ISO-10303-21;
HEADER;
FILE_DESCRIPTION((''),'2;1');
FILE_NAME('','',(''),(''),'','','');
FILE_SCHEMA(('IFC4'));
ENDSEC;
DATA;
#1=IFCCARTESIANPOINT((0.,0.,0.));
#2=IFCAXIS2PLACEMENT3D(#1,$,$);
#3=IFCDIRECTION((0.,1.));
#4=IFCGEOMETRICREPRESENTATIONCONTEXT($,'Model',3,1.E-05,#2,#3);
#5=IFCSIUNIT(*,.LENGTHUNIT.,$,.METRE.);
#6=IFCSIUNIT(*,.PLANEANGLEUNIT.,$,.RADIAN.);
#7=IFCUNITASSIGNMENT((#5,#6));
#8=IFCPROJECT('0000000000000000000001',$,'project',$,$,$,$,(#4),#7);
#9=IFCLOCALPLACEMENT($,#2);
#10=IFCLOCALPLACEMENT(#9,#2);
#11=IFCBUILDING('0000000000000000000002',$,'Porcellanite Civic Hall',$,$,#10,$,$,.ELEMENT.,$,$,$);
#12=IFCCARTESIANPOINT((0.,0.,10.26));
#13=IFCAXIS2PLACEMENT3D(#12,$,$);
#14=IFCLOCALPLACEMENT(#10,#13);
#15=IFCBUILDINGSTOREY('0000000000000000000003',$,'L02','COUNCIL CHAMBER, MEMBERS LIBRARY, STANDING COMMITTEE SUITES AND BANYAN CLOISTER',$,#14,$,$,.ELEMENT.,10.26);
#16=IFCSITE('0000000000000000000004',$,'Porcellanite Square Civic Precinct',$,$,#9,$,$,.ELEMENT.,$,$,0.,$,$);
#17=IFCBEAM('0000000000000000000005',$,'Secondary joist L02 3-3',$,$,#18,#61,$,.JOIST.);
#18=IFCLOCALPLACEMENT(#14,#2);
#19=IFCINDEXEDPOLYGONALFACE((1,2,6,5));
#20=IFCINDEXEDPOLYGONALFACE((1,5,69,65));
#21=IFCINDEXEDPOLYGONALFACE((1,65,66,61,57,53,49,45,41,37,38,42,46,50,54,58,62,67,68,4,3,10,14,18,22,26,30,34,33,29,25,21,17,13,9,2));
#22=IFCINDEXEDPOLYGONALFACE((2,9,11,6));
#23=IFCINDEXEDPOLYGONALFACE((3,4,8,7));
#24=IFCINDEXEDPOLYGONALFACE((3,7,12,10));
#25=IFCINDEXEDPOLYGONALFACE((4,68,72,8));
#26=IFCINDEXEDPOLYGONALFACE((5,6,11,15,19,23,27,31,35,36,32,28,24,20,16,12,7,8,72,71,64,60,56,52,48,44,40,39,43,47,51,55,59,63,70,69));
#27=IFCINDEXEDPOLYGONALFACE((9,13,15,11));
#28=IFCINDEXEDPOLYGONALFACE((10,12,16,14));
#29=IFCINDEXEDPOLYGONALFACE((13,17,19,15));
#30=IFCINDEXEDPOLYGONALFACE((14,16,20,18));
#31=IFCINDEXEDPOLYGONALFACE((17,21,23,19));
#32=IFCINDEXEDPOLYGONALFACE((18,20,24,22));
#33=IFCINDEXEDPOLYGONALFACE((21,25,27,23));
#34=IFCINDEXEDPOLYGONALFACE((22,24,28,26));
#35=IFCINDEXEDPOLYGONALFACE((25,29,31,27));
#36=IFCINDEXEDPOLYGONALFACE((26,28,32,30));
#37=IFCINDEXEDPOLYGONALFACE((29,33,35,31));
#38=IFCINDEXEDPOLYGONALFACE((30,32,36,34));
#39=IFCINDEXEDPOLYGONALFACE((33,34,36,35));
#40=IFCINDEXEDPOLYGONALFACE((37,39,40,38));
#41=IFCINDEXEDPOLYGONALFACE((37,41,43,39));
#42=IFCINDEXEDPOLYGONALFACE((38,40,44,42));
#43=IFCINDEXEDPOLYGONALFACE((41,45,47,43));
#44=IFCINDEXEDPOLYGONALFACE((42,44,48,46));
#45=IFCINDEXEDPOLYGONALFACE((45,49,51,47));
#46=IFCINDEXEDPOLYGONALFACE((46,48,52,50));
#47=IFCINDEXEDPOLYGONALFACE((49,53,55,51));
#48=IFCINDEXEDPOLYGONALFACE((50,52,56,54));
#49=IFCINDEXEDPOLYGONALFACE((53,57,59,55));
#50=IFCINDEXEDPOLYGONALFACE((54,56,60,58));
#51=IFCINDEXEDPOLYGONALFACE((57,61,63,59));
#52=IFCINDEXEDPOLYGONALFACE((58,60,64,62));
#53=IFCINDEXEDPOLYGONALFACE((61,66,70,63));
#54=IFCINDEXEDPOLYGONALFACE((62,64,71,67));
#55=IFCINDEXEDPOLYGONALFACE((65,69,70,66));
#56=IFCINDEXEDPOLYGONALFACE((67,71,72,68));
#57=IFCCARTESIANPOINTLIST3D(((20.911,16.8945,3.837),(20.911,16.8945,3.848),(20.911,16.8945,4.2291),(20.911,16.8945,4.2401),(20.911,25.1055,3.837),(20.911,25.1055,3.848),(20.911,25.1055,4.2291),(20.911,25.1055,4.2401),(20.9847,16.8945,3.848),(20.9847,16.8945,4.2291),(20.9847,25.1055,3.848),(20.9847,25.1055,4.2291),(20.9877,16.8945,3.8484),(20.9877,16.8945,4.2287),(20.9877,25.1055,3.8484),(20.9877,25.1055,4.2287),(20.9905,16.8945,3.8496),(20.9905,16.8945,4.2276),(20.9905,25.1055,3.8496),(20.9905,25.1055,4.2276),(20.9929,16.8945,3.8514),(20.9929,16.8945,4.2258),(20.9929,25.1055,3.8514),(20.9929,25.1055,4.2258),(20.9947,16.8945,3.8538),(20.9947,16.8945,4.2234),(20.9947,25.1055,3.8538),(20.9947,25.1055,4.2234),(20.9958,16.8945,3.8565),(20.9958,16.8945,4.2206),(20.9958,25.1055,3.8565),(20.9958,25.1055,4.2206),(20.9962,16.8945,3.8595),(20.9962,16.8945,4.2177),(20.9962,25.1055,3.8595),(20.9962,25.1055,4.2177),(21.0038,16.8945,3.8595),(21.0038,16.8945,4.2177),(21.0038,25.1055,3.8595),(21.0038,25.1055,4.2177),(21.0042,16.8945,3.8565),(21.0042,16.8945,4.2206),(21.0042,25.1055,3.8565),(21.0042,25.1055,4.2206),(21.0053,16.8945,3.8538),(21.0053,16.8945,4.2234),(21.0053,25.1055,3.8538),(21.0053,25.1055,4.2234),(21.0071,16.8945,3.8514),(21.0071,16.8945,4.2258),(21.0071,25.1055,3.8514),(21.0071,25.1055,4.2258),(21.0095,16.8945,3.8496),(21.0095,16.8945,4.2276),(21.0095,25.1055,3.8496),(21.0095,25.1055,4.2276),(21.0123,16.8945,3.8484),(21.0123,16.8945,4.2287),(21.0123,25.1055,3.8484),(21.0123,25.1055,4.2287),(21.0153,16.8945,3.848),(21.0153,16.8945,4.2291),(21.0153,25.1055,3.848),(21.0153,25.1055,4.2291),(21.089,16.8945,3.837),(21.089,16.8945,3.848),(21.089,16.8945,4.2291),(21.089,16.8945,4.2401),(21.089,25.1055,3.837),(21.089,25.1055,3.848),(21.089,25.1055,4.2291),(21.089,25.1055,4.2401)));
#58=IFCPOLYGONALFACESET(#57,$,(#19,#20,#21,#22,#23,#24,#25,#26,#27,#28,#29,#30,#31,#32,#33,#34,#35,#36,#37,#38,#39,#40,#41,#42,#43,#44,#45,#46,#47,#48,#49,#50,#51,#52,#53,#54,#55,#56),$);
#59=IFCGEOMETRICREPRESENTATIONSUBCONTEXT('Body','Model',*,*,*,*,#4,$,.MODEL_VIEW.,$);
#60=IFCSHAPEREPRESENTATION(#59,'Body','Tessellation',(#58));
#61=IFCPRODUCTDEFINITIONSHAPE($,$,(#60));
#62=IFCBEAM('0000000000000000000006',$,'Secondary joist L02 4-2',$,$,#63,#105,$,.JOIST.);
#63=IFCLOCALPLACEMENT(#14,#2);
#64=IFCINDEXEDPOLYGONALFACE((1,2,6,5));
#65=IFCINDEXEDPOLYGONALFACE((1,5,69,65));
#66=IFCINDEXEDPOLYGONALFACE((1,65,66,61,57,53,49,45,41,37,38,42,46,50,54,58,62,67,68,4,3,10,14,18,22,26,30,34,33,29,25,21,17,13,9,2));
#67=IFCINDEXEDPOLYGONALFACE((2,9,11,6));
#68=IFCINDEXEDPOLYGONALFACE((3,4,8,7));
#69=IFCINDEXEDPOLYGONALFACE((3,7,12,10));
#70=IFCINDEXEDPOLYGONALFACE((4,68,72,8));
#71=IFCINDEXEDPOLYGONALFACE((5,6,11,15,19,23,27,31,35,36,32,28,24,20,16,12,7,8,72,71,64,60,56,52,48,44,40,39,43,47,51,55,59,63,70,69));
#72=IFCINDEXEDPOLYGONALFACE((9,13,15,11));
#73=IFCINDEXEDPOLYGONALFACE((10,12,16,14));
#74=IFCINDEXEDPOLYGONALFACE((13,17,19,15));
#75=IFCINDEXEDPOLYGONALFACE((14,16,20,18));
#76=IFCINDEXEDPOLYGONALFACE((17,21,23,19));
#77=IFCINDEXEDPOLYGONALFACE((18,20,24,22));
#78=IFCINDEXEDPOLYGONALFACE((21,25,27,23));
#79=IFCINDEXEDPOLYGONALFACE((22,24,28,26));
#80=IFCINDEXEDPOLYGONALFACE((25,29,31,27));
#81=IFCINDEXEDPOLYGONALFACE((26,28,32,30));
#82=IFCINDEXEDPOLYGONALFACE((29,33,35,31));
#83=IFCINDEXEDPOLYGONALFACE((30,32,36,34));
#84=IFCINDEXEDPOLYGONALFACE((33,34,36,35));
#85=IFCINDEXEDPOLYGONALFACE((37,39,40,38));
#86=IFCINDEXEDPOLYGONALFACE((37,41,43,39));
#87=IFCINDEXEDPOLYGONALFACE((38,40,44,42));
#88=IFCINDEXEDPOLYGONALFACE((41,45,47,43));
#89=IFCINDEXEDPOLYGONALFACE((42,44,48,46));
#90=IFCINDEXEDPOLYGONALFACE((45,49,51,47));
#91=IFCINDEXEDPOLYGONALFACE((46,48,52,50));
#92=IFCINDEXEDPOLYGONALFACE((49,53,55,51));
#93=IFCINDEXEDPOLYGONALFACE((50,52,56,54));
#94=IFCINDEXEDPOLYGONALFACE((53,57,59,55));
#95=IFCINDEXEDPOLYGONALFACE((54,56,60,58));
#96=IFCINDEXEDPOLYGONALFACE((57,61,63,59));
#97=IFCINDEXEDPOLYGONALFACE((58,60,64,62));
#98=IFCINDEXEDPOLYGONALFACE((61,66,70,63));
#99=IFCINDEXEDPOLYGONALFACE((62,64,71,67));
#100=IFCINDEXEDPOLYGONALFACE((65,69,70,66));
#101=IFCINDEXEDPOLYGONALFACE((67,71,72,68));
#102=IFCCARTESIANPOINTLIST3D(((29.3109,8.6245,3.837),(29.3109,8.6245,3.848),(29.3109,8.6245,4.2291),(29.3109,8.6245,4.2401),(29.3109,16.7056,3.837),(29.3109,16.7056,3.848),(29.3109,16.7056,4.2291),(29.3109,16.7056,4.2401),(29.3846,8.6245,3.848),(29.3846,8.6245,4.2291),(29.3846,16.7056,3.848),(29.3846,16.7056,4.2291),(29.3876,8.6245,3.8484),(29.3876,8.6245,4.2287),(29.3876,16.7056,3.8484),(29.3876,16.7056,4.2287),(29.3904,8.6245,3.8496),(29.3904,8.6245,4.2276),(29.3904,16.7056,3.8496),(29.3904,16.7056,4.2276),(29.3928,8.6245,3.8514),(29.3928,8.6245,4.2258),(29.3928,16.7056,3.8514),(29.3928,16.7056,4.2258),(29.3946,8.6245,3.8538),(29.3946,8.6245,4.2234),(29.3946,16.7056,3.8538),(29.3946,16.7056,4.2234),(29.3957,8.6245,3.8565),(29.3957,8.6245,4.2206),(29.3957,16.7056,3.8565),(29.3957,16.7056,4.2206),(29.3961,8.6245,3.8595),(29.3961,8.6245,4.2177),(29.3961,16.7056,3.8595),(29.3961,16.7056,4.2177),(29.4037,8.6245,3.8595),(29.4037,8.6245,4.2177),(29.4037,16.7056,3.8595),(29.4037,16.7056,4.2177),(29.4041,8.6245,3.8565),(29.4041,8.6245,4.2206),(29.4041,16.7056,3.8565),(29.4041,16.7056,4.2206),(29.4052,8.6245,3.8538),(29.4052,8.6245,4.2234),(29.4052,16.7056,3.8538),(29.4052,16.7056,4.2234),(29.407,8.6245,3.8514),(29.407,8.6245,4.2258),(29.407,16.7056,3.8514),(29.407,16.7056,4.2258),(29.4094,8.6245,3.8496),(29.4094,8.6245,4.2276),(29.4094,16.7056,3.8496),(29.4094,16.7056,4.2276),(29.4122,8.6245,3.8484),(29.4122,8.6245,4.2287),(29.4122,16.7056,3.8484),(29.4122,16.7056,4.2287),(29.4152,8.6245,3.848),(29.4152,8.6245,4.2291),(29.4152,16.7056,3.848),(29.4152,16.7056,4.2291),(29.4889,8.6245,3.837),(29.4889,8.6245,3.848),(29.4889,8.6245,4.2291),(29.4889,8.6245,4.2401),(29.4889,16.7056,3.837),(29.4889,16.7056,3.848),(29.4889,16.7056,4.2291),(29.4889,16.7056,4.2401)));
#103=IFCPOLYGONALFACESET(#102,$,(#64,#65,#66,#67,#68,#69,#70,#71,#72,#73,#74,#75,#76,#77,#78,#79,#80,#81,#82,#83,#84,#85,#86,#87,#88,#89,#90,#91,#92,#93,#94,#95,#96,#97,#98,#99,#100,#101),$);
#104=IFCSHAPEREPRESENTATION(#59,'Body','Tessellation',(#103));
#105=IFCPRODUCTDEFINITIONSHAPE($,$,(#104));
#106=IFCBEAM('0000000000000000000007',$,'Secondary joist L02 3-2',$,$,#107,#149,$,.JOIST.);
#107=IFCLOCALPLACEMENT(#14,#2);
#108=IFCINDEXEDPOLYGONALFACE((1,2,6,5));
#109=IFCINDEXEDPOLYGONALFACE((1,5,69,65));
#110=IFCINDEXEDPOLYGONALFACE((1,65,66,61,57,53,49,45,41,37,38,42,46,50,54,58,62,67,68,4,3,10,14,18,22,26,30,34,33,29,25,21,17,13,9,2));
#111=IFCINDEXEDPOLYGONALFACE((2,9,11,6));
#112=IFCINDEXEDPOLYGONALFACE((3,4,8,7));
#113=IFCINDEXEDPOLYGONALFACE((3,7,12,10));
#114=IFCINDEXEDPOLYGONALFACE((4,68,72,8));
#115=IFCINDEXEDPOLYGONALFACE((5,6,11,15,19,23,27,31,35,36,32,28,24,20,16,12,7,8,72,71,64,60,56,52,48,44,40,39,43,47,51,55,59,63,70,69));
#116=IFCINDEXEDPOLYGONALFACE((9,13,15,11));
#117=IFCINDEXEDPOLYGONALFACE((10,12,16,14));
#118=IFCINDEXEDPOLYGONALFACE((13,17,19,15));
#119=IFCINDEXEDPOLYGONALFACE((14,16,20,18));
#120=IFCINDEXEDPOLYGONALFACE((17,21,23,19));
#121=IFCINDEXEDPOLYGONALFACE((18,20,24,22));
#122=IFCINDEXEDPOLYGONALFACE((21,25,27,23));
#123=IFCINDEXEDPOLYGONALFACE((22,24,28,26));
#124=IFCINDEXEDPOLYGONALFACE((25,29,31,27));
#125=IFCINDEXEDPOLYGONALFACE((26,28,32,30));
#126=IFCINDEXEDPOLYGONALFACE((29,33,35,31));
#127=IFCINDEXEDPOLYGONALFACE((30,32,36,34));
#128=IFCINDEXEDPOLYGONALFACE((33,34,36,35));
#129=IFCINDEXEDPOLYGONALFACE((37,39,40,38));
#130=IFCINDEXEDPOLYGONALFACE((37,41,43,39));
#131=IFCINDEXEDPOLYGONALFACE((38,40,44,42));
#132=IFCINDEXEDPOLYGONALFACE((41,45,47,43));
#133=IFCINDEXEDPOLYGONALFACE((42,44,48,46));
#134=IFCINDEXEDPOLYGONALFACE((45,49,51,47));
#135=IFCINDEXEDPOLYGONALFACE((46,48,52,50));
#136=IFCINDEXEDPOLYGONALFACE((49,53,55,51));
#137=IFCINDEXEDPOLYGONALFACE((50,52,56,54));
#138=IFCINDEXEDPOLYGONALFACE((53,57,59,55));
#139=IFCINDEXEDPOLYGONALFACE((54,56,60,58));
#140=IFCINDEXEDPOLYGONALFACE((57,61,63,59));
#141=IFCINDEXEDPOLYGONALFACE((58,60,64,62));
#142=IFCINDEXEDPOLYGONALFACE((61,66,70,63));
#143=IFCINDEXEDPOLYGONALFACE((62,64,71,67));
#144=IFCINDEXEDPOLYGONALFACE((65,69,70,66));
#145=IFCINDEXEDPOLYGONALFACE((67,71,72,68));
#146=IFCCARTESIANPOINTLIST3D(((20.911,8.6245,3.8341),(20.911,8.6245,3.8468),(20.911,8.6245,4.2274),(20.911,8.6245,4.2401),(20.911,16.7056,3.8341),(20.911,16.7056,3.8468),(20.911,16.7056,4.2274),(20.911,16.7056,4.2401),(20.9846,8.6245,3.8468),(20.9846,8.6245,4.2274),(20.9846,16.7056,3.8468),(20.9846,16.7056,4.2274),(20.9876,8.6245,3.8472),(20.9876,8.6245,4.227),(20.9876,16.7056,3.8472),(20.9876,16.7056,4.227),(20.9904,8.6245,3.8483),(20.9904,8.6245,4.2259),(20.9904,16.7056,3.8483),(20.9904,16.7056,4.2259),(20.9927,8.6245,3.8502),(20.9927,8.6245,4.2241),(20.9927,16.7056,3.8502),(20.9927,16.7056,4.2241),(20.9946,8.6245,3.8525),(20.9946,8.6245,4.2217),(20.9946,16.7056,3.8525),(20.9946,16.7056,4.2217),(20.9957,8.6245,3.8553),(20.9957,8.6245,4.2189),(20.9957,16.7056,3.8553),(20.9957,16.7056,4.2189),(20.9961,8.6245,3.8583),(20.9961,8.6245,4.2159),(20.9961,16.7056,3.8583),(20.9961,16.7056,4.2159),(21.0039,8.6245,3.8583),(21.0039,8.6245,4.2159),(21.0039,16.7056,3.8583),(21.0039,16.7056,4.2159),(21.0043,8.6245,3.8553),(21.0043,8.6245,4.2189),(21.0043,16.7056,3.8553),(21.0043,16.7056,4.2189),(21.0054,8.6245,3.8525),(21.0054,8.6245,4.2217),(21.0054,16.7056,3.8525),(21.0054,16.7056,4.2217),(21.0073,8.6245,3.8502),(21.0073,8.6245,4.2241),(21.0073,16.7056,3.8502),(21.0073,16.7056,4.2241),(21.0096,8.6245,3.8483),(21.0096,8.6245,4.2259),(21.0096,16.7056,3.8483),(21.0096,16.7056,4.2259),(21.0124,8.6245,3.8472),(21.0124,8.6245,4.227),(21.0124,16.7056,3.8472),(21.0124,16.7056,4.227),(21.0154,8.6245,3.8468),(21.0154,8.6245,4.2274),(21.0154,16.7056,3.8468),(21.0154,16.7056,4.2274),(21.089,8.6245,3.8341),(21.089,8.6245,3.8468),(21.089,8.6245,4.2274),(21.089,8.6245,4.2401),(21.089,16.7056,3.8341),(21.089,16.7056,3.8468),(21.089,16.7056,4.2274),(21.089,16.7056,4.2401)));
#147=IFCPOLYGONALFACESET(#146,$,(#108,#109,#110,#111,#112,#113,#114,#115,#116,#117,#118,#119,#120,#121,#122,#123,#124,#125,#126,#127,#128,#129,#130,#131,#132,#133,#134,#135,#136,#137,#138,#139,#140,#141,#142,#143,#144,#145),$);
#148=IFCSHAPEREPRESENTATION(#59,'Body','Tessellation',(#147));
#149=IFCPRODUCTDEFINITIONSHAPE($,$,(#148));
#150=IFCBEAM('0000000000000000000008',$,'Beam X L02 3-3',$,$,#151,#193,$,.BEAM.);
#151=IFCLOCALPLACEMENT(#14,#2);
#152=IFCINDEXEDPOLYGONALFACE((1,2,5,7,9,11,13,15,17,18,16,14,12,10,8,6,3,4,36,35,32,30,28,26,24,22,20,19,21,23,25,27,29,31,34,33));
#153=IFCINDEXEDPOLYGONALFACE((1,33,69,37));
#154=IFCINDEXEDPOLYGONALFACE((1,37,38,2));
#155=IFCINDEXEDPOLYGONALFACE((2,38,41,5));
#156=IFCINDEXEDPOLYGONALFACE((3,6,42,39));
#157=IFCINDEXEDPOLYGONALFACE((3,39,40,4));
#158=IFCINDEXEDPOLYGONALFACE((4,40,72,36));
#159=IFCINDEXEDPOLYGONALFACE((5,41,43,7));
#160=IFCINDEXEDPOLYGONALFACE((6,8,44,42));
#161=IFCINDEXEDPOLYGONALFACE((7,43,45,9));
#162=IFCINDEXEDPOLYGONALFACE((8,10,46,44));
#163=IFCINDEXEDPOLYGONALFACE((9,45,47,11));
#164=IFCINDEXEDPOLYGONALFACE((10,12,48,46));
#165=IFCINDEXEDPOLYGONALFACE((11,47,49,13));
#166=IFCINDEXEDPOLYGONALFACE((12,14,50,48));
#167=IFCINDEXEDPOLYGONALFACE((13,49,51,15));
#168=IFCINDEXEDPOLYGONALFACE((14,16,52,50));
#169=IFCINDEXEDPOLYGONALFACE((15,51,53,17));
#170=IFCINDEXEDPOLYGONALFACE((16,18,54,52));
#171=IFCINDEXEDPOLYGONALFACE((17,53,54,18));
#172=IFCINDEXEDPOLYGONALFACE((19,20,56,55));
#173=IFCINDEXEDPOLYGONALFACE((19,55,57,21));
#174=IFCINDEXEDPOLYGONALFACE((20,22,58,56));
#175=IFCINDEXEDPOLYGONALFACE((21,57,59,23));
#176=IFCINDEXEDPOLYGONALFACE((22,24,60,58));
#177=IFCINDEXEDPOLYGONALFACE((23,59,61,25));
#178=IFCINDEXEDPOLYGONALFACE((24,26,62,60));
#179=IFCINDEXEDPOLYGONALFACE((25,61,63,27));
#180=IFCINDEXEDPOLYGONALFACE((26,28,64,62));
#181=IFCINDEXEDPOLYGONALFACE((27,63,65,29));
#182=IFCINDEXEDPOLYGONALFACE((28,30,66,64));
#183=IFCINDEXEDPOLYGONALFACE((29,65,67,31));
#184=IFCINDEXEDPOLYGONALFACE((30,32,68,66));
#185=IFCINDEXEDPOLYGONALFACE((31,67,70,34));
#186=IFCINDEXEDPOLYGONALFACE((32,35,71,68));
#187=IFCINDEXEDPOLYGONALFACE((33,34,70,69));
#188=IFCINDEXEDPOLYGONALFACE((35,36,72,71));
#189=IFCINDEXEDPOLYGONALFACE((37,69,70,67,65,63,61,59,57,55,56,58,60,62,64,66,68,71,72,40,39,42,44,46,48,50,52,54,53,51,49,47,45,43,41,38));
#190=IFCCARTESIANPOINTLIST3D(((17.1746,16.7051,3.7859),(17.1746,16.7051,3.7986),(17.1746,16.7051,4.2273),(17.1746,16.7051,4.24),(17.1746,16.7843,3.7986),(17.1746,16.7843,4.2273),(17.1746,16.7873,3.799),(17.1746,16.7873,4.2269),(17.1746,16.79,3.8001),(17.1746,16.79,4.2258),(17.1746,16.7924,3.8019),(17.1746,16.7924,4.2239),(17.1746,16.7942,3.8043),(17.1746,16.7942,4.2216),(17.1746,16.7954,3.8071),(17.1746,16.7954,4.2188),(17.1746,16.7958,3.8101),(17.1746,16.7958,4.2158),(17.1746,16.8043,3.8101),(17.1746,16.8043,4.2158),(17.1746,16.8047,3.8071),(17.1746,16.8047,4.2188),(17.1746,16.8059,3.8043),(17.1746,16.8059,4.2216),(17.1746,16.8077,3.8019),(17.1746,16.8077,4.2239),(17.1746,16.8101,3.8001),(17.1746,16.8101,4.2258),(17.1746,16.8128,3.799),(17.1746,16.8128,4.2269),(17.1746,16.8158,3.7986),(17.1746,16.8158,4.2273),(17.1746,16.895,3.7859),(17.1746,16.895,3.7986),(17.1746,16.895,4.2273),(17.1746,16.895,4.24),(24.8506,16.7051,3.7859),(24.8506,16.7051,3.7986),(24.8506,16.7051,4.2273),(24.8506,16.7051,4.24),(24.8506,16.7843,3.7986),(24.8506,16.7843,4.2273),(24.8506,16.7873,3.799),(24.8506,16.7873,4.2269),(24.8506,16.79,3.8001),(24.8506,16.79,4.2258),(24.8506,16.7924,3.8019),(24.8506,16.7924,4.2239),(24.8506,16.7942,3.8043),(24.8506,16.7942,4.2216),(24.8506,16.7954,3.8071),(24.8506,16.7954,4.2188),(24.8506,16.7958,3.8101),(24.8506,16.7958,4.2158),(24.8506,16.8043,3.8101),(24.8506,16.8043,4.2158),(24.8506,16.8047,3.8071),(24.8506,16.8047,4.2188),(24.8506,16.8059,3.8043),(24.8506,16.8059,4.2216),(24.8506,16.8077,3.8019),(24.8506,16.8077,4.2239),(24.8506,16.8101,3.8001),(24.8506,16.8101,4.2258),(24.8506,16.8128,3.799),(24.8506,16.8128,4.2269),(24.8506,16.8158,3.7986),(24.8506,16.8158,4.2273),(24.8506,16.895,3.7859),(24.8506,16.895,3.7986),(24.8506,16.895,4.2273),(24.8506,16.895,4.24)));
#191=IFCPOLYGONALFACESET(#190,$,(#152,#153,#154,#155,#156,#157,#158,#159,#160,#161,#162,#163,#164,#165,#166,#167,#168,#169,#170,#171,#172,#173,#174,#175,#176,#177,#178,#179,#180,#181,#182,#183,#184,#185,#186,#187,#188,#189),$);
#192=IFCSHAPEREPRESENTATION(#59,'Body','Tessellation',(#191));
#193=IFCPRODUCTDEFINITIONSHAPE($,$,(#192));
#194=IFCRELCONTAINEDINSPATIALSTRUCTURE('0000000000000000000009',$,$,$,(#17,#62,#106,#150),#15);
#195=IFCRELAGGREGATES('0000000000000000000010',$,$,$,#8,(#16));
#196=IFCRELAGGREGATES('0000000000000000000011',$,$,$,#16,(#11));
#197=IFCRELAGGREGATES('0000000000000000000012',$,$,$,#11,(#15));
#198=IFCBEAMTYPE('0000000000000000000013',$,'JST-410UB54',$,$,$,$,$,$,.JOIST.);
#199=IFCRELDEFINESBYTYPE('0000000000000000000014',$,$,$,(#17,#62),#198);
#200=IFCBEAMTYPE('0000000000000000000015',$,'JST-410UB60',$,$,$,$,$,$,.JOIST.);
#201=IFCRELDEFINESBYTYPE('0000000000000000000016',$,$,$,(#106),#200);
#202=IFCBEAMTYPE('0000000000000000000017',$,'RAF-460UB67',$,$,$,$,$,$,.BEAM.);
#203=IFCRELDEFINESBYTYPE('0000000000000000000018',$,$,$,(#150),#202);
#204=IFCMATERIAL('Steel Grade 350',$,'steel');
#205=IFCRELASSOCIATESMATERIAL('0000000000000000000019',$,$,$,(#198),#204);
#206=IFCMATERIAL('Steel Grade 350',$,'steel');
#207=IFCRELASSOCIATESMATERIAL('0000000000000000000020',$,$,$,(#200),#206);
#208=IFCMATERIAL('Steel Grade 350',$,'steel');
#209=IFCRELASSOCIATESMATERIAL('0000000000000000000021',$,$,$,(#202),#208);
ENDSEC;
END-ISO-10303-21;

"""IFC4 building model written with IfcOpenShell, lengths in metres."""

from ifc_helpers import new_model, si_unit, direction, frame, origin, origin_2d, place, context, subcontext, project, spatial, i_section, extrude, material, material_profile, profile_set, type_object, element, save


model = new_model("IFC4")

# Units and contexts
model_context = context("Model", 3, precision=1e-05, world=origin(), true_north=direction((0.0, 1.0)))
body_context = subcontext(model_context, "Body", "Model", "MODEL_VIEW")
ifc_project = project(units=[si_unit("LENGTHUNIT", "METRE"), si_unit("PLANEANGLEUNIT", "RADIAN")], contexts=[model_context])

# Site, building, storey
site_placement = place(None, origin())
site = spatial("IfcSite", under=ifc_project, at=site_placement, Name="Porcellanite Square Civic Precinct", CompositionType="ELEMENT", RefElevation=0.0)
building_placement = place(site_placement, origin())
building = spatial("IfcBuilding", under=site, at=building_placement, Name="Porcellanite Civic Hall", CompositionType="ELEMENT")
storey_placement = place(building_placement, frame((0.0, 0.0, 10.26)))
storey = spatial("IfcBuildingStorey", under=building, at=storey_placement, Name="L02", Description="COUNCIL CHAMBER, MEMBERS LIBRARY, STANDING COMMITTEE SUITES AND BANYAN CLOISTER", CompositionType="ELEMENT", Elevation=10.26)

# Beams
ifc_material_1 = material(Name="Steel Grade 350", Category="steel")
ifc_material_profile_1 = material_profile(ifc_material_1, i_section(OverallWidth=0.178, OverallDepth=0.4031, WebThickness=0.0076, FlangeThickness=0.011, FilletRadius=0.0115, at=origin_2d()), Name="410UB53.7")
ifc_profile_set_1 = profile_set([ifc_material_profile_1], Name="Steel Grade 350")
beam_type_1 = type_object("IfcBeamType", Name="JST-410UB54", PredefinedType="JOIST", material=ifc_profile_set_1)
beam_1_placement = place(storey_placement, frame((21.0, 16.8945, 4.0386), z_axis=(0.0, 1.0, 0.0), x_axis=(-1.0, 0.0, 0.0)))
element("IfcBeam", 1, at=beam_1_placement, inside=storey, type_object=beam_type_1, Name="Secondary joist L02 3-3", PredefinedType="JOIST", context=body_context, shape_type="SweptSolid", body=[
    extrude(i_section(OverallWidth=0.178, OverallDepth=0.4031, WebThickness=0.0076, FlangeThickness=0.011, FilletRadius=0.0115, at=origin_2d()), origin(), (0.0, 0.0, 1.0), 8.2109),
])
beam_2_placement = place(storey_placement, frame((29.3999, 8.6245, 4.0386), z_axis=(0.0, 1.0, 0.0), x_axis=(-1.0, 0.0, 0.0)))
element("IfcBeam", 2, at=beam_2_placement, inside=storey, type_object=beam_type_1, Name="Secondary joist L02 4-2", PredefinedType="JOIST", context=body_context, shape_type="SweptSolid", body=[
    extrude(i_section(OverallWidth=0.178, OverallDepth=0.4031, WebThickness=0.0076, FlangeThickness=0.011, FilletRadius=0.0115, at=origin_2d()), origin(), (0.0, 0.0, 1.0), 8.0811),
])
ifc_material_2 = material(Name="Steel Grade 350", Category="steel")
ifc_material_profile_2 = material_profile(ifc_material_2, i_section(OverallWidth=0.178, OverallDepth=0.406, WebThickness=0.0078, FlangeThickness=0.0127, FilletRadius=0.0115, at=origin_2d()), Name="410UB59.7")
ifc_profile_set_2 = profile_set([ifc_material_profile_2], Name="Steel Grade 350")
beam_type_2 = type_object("IfcBeamType", Name="JST-410UB60", PredefinedType="JOIST", material=ifc_profile_set_2)
beam_3_placement = place(storey_placement, frame((21.0, 8.6245, 4.0371), z_axis=(0.0, 1.0, 0.0), x_axis=(-1.0, 0.0, 0.0)))
element("IfcBeam", 3, at=beam_3_placement, inside=storey, type_object=beam_type_2, Name="Secondary joist L02 3-2", PredefinedType="JOIST", context=body_context, shape_type="SweptSolid", body=[
    extrude(i_section(OverallWidth=0.178, OverallDepth=0.406, WebThickness=0.0078, FlangeThickness=0.0127, FilletRadius=0.0115, at=origin_2d()), origin(), (0.0, 0.0, 1.0), 8.0811),
])
ifc_material_3 = material(Name="Steel Grade 350", Category="steel")
ifc_material_profile_3 = material_profile(ifc_material_3, i_section(OverallWidth=0.1899, OverallDepth=0.4541, WebThickness=0.0085, FlangeThickness=0.0127, FilletRadius=0.0115, at=origin_2d()), Name="460UB67.1")
ifc_profile_set_3 = profile_set([ifc_material_profile_3], Name="Steel Grade 350")
beam_type_3 = type_object("IfcBeamType", Name="RAF-460UB67", PredefinedType="BEAM", material=ifc_profile_set_3)
for number, where, z_axis, x_axis, name in (
    (4, (17.1746, 16.8, 4.0129), (1.0, 0.0, 0.0), (0.0, 1.0, 0.0), "Beam X L02 3-3"),
):
    element("IfcBeam", number, at=place(storey_placement, frame(where, z_axis=z_axis, x_axis=x_axis)), inside=storey, type_object=beam_type_3, Name=name, PredefinedType="BEAM", context=body_context, shape_type="SweptSolid", body=[
        extrude(i_section(OverallWidth=0.1899, OverallDepth=0.4541, WebThickness=0.0085, FlangeThickness=0.0127, FilletRadius=0.0115, at=origin_2d()), origin(), (0.0, 0.0, 1.0), 7.676),
    ])

save(model, "model.ifc")
